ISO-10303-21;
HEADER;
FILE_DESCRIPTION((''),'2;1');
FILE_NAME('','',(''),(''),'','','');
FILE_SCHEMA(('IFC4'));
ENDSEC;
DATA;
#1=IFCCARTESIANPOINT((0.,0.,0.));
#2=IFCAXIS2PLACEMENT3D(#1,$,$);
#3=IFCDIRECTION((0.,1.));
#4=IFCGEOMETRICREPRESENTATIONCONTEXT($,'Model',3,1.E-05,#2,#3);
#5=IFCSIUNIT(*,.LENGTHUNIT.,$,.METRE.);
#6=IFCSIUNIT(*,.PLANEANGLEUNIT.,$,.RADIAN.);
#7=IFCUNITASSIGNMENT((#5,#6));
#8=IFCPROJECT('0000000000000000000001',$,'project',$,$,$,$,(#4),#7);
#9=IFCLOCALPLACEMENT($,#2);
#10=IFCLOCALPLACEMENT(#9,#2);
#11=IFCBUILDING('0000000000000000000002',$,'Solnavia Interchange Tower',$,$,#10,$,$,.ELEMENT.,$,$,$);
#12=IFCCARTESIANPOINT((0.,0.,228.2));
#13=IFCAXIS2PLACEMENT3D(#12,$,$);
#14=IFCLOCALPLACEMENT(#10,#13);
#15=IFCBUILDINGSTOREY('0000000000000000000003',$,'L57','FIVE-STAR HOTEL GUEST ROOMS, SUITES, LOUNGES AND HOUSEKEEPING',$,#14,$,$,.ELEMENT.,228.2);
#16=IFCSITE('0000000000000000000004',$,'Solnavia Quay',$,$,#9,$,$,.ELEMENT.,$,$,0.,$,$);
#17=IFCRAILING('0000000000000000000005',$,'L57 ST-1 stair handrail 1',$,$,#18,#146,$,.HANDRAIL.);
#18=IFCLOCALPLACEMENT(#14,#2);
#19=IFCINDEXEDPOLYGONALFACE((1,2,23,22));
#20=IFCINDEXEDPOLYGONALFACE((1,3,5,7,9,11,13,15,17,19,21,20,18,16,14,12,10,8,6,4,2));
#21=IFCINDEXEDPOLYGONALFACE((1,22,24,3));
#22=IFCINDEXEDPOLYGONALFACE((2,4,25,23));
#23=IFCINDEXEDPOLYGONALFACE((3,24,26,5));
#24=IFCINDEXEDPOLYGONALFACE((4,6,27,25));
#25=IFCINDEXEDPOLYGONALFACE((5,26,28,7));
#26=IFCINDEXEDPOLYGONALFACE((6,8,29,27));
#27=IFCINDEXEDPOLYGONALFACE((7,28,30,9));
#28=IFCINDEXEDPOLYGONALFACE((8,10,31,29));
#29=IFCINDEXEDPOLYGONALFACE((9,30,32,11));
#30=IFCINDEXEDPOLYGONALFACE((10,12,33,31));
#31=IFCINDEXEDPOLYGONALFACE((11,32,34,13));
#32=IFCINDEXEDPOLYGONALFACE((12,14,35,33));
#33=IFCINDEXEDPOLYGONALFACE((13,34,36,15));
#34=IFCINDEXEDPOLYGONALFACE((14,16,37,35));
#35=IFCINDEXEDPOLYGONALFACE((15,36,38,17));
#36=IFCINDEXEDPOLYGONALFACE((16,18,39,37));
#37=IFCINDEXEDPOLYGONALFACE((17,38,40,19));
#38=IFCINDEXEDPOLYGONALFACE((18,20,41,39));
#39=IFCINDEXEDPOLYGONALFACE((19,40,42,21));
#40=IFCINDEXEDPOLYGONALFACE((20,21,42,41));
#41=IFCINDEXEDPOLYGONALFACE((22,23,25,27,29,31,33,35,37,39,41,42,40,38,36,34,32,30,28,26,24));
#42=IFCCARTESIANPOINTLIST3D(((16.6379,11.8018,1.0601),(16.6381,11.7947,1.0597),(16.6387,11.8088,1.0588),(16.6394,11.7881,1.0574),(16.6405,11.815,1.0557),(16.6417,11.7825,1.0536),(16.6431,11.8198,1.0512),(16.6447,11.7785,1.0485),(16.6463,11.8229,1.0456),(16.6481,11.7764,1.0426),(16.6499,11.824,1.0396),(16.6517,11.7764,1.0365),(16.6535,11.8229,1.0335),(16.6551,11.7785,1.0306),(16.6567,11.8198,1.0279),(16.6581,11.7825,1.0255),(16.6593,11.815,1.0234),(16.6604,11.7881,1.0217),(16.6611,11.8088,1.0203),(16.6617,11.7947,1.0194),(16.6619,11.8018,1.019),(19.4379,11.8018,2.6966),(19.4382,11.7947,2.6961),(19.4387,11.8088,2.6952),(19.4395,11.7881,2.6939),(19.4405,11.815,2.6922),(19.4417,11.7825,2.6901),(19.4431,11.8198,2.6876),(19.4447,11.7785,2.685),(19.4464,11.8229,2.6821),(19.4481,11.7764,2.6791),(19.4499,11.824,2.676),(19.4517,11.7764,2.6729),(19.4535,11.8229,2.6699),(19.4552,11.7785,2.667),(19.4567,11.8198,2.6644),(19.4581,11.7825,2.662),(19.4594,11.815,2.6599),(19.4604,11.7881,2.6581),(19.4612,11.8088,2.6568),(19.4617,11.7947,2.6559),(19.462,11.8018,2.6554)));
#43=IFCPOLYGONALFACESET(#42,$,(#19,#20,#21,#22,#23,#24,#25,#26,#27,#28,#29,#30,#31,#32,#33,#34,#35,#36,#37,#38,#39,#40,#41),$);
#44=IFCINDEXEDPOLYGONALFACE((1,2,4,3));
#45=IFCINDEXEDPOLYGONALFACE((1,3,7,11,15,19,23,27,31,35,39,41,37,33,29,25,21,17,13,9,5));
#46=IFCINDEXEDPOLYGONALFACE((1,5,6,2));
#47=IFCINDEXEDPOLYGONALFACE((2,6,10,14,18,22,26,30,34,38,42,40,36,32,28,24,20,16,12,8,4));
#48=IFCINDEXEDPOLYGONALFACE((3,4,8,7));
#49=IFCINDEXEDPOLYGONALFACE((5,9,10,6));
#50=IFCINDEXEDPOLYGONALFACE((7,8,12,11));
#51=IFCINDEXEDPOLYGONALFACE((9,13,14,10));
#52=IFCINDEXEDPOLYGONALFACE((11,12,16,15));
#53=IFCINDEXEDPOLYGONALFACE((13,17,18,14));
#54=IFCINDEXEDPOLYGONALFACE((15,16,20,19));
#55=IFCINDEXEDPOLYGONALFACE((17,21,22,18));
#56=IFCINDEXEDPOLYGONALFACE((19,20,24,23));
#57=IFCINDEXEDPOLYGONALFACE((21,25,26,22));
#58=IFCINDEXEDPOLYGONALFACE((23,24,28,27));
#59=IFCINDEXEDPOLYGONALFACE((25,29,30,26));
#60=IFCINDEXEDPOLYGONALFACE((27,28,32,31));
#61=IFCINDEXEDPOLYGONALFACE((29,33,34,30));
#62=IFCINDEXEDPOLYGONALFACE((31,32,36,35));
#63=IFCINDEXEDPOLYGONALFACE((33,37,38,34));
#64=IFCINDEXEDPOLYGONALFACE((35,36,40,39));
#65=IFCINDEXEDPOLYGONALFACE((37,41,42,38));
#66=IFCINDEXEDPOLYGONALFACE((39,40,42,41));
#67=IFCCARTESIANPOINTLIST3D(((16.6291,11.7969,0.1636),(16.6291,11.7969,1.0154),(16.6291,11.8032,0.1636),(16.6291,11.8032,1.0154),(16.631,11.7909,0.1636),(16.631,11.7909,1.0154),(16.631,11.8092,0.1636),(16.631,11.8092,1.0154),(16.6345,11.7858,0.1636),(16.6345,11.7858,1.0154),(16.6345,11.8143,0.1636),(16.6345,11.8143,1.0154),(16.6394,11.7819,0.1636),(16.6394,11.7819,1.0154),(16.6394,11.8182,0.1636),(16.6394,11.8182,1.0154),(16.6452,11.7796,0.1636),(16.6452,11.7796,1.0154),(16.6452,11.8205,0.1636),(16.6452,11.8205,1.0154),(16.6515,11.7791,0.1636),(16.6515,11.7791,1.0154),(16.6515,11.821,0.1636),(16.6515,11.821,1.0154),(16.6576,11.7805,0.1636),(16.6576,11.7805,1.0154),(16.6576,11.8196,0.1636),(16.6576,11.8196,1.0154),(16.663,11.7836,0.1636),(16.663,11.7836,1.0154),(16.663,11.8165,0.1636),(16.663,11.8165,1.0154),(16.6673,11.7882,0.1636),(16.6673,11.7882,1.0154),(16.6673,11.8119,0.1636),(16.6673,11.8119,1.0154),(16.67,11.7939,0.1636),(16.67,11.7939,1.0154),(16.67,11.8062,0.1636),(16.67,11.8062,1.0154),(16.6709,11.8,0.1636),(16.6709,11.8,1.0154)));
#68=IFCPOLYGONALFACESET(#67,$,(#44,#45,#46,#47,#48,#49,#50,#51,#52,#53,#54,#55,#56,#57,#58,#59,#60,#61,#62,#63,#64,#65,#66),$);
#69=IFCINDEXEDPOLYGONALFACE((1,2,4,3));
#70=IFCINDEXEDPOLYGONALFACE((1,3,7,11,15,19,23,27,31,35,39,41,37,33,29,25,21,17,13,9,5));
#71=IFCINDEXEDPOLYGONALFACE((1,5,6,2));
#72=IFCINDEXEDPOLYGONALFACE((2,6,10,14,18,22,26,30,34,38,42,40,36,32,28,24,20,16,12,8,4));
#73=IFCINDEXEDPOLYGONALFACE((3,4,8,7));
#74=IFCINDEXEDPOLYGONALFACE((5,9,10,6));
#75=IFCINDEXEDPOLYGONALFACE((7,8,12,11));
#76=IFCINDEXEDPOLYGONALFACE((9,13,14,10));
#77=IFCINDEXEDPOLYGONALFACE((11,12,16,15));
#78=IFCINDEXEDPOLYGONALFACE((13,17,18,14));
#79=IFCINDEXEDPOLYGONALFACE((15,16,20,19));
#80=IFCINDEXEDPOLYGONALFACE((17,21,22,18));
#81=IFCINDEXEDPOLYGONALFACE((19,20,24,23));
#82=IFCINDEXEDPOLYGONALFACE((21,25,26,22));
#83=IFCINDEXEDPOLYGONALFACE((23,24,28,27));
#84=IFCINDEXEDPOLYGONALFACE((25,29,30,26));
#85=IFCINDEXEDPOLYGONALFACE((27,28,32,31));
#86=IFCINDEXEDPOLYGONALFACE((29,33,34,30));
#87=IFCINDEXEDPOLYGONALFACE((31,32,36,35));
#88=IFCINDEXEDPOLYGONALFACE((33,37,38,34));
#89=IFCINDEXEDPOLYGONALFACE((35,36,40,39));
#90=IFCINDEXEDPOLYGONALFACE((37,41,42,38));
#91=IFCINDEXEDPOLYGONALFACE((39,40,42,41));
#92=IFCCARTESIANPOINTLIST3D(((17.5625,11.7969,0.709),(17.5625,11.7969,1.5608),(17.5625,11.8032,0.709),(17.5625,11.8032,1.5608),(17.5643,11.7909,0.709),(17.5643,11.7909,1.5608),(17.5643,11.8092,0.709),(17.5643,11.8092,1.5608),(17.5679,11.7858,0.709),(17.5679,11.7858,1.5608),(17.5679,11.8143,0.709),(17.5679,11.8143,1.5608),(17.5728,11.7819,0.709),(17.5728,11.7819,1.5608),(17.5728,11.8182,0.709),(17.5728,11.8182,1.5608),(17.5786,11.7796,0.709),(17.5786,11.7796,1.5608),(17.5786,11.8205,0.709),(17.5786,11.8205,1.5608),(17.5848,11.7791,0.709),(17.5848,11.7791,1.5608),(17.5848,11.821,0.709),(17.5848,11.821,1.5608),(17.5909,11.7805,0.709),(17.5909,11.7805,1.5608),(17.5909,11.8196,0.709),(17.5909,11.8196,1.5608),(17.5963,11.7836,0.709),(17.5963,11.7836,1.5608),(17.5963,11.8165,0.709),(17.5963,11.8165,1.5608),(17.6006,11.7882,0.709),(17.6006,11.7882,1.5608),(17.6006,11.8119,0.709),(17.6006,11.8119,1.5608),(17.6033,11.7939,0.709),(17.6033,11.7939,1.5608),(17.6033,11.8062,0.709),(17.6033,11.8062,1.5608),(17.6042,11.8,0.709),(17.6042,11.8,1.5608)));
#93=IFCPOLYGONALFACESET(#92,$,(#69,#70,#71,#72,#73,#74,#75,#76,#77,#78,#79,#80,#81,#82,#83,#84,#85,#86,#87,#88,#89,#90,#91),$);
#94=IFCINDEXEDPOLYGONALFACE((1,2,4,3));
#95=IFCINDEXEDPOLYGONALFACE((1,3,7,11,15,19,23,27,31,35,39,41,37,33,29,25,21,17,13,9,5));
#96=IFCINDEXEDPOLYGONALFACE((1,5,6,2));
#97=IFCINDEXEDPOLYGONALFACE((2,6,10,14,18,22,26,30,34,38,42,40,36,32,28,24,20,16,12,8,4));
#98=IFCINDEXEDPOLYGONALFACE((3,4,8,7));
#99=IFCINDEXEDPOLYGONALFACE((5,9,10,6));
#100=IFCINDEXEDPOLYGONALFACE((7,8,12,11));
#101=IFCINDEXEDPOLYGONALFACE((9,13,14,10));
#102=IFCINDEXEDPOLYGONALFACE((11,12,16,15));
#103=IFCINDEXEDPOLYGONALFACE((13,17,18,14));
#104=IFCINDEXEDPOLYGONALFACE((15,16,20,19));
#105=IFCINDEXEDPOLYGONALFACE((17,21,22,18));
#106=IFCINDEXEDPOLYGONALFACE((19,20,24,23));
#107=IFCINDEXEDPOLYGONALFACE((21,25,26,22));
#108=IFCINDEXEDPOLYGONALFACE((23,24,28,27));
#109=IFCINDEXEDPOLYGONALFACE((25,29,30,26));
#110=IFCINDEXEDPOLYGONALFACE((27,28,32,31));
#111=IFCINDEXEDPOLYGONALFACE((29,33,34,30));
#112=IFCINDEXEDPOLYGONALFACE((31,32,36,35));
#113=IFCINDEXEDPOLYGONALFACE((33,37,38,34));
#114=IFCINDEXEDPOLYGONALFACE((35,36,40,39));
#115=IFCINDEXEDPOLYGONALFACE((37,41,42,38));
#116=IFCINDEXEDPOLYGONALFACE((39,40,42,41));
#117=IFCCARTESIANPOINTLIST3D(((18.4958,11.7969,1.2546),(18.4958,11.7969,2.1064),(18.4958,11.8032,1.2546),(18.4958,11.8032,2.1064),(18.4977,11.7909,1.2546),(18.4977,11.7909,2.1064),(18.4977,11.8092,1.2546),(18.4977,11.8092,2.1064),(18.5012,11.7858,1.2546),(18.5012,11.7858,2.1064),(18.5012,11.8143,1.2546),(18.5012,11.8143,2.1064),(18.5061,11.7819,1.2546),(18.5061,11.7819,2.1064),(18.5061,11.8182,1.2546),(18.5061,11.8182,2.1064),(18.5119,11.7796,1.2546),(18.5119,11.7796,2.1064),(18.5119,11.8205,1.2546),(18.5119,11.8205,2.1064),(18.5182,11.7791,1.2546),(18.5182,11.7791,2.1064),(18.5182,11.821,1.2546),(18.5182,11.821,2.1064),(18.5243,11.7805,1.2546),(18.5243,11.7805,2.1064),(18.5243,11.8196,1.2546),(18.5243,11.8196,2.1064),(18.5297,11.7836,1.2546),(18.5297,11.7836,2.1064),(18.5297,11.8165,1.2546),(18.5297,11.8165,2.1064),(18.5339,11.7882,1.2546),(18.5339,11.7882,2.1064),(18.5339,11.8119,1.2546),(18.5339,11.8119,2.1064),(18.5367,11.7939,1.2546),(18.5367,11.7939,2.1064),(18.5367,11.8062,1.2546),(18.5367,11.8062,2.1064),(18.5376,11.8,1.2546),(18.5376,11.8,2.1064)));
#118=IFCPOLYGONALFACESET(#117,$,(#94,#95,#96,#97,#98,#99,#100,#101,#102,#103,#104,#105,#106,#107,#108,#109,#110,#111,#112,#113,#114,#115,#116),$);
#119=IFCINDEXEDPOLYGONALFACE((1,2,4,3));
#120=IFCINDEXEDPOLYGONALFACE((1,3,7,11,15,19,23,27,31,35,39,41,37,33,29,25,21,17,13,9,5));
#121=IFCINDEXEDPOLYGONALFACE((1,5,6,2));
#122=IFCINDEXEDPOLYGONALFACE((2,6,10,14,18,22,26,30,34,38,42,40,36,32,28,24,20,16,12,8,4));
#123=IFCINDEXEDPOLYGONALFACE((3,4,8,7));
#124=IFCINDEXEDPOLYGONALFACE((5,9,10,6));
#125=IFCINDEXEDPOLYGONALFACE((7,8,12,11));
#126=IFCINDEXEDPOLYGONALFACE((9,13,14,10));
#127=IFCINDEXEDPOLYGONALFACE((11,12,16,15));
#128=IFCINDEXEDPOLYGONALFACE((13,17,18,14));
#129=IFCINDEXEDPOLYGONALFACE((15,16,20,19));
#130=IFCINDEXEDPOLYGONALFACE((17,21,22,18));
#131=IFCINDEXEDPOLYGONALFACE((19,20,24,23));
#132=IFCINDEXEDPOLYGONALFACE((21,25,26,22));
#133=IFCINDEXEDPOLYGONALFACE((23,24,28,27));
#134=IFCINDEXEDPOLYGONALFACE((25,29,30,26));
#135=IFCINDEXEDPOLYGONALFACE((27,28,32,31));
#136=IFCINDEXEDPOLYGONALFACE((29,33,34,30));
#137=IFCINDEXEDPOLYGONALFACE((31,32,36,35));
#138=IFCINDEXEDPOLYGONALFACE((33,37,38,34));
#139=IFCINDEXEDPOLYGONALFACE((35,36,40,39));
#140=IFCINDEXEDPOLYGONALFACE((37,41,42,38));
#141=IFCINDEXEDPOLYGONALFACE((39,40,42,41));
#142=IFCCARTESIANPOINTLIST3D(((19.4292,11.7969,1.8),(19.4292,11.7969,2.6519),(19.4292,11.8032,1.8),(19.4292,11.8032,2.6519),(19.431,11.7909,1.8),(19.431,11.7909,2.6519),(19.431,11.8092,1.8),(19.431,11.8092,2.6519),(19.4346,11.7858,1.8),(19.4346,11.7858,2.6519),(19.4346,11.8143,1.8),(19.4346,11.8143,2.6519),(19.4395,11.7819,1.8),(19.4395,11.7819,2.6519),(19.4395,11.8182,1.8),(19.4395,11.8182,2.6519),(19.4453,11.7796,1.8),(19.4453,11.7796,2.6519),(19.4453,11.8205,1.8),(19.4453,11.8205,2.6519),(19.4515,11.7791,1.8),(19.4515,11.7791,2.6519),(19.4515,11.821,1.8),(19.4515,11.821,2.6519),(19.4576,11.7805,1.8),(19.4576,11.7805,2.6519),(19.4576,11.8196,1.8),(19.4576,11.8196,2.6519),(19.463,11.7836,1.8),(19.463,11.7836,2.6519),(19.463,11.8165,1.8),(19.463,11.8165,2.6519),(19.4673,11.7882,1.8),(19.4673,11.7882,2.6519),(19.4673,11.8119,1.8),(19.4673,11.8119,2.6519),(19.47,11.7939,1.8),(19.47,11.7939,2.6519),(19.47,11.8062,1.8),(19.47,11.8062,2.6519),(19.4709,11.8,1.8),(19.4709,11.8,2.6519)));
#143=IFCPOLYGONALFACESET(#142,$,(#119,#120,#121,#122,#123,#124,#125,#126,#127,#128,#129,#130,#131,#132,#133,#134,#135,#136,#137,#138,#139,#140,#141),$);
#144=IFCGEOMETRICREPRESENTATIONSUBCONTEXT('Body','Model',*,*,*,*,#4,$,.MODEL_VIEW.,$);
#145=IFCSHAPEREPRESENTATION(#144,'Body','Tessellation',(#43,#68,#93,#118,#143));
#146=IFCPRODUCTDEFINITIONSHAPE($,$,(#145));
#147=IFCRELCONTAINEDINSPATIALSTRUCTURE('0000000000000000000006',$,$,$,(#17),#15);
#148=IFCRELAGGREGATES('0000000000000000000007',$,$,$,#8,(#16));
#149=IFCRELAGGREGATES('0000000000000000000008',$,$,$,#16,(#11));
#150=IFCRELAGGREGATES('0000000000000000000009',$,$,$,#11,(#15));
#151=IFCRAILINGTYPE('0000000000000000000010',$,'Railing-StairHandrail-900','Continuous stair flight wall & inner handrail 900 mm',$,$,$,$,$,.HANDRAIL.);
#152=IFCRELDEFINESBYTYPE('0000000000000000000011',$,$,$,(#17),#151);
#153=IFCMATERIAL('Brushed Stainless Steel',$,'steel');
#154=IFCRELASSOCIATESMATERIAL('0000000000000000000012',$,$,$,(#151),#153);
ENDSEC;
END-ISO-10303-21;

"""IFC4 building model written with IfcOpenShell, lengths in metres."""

from ifc_helpers import new_model, si_unit, direction, frame, origin, origin_2d, place, context, subcontext, project, spatial, circle, extrude, material, type_object, element, save


model = new_model("IFC4")

# Units and contexts
model_context = context("Model", 3, precision=1e-05, world=origin(), true_north=direction((0.0, 1.0)))
body_context = subcontext(model_context, "Body", "Model", "MODEL_VIEW")
ifc_project = project(units=[si_unit("LENGTHUNIT", "METRE"), si_unit("PLANEANGLEUNIT", "RADIAN")], contexts=[model_context])

# Site, building, storey
site_placement = place(None, origin())
site = spatial("IfcSite", under=ifc_project, at=site_placement, Name="Solnavia Quay", CompositionType="ELEMENT", RefElevation=0.0)
building_placement = place(site_placement, origin())
building = spatial("IfcBuilding", under=site, at=building_placement, Name="Solnavia Interchange Tower", CompositionType="ELEMENT")
storey_placement = place(building_placement, frame((0.0, 0.0, 228.2)))
storey = spatial("IfcBuildingStorey", under=building, at=storey_placement, Name="L57", Description="FIVE-STAR HOTEL GUEST ROOMS, SUITES, LOUNGES AND HOUSEKEEPING", CompositionType="ELEMENT", Elevation=228.2)

# Railing
ifc_material_1 = material(Name="Brushed Stainless Steel", Category="steel")
railing_type_1 = type_object("IfcRailingType", Name="Railing-StairHandrail-900", Description="Continuous stair flight wall & inner handrail 900 mm", PredefinedType="HANDRAIL", material=ifc_material_1)
railing_1_placement = place(storey_placement, frame((16.6499, 11.8, 0.1636)))
element("IfcRailing", 1, at=railing_1_placement, inside=storey, type_object=railing_type_1, Name="L57 ST-1 stair handrail 1", PredefinedType="HANDRAIL", context=body_context, shape_type="SweptSolid", body=[
    extrude(circle(Radius=0.0239, at=origin_2d()), frame((0.0, 0.0, 0.876), z_axis=(0.863361, 0.0, 0.504587), x_axis=(0.0, 1.0, 0.0)), (0.0, 0.0, 1.0), 3.2432),
    extrude(circle(Radius=0.021, at=origin_2d()), origin(), (0.0, 0.0, 1.0), 0.8518),
    extrude(circle(Radius=0.021, at=origin_2d()), frame((0.9333, 0.0, 0.5454)), (0.0, 0.0, 1.0), 0.8518),
    extrude(circle(Radius=0.021, at=origin_2d()), frame((1.8667, 0.0, 1.0911)), (0.0, 0.0, 1.0), 0.8518),
    extrude(circle(Radius=0.021, at=origin_2d()), frame((2.8, 0.0, 1.6365)), (0.0, 0.0, 1.0), 0.8518),
])

save(model, "model.ifc")
